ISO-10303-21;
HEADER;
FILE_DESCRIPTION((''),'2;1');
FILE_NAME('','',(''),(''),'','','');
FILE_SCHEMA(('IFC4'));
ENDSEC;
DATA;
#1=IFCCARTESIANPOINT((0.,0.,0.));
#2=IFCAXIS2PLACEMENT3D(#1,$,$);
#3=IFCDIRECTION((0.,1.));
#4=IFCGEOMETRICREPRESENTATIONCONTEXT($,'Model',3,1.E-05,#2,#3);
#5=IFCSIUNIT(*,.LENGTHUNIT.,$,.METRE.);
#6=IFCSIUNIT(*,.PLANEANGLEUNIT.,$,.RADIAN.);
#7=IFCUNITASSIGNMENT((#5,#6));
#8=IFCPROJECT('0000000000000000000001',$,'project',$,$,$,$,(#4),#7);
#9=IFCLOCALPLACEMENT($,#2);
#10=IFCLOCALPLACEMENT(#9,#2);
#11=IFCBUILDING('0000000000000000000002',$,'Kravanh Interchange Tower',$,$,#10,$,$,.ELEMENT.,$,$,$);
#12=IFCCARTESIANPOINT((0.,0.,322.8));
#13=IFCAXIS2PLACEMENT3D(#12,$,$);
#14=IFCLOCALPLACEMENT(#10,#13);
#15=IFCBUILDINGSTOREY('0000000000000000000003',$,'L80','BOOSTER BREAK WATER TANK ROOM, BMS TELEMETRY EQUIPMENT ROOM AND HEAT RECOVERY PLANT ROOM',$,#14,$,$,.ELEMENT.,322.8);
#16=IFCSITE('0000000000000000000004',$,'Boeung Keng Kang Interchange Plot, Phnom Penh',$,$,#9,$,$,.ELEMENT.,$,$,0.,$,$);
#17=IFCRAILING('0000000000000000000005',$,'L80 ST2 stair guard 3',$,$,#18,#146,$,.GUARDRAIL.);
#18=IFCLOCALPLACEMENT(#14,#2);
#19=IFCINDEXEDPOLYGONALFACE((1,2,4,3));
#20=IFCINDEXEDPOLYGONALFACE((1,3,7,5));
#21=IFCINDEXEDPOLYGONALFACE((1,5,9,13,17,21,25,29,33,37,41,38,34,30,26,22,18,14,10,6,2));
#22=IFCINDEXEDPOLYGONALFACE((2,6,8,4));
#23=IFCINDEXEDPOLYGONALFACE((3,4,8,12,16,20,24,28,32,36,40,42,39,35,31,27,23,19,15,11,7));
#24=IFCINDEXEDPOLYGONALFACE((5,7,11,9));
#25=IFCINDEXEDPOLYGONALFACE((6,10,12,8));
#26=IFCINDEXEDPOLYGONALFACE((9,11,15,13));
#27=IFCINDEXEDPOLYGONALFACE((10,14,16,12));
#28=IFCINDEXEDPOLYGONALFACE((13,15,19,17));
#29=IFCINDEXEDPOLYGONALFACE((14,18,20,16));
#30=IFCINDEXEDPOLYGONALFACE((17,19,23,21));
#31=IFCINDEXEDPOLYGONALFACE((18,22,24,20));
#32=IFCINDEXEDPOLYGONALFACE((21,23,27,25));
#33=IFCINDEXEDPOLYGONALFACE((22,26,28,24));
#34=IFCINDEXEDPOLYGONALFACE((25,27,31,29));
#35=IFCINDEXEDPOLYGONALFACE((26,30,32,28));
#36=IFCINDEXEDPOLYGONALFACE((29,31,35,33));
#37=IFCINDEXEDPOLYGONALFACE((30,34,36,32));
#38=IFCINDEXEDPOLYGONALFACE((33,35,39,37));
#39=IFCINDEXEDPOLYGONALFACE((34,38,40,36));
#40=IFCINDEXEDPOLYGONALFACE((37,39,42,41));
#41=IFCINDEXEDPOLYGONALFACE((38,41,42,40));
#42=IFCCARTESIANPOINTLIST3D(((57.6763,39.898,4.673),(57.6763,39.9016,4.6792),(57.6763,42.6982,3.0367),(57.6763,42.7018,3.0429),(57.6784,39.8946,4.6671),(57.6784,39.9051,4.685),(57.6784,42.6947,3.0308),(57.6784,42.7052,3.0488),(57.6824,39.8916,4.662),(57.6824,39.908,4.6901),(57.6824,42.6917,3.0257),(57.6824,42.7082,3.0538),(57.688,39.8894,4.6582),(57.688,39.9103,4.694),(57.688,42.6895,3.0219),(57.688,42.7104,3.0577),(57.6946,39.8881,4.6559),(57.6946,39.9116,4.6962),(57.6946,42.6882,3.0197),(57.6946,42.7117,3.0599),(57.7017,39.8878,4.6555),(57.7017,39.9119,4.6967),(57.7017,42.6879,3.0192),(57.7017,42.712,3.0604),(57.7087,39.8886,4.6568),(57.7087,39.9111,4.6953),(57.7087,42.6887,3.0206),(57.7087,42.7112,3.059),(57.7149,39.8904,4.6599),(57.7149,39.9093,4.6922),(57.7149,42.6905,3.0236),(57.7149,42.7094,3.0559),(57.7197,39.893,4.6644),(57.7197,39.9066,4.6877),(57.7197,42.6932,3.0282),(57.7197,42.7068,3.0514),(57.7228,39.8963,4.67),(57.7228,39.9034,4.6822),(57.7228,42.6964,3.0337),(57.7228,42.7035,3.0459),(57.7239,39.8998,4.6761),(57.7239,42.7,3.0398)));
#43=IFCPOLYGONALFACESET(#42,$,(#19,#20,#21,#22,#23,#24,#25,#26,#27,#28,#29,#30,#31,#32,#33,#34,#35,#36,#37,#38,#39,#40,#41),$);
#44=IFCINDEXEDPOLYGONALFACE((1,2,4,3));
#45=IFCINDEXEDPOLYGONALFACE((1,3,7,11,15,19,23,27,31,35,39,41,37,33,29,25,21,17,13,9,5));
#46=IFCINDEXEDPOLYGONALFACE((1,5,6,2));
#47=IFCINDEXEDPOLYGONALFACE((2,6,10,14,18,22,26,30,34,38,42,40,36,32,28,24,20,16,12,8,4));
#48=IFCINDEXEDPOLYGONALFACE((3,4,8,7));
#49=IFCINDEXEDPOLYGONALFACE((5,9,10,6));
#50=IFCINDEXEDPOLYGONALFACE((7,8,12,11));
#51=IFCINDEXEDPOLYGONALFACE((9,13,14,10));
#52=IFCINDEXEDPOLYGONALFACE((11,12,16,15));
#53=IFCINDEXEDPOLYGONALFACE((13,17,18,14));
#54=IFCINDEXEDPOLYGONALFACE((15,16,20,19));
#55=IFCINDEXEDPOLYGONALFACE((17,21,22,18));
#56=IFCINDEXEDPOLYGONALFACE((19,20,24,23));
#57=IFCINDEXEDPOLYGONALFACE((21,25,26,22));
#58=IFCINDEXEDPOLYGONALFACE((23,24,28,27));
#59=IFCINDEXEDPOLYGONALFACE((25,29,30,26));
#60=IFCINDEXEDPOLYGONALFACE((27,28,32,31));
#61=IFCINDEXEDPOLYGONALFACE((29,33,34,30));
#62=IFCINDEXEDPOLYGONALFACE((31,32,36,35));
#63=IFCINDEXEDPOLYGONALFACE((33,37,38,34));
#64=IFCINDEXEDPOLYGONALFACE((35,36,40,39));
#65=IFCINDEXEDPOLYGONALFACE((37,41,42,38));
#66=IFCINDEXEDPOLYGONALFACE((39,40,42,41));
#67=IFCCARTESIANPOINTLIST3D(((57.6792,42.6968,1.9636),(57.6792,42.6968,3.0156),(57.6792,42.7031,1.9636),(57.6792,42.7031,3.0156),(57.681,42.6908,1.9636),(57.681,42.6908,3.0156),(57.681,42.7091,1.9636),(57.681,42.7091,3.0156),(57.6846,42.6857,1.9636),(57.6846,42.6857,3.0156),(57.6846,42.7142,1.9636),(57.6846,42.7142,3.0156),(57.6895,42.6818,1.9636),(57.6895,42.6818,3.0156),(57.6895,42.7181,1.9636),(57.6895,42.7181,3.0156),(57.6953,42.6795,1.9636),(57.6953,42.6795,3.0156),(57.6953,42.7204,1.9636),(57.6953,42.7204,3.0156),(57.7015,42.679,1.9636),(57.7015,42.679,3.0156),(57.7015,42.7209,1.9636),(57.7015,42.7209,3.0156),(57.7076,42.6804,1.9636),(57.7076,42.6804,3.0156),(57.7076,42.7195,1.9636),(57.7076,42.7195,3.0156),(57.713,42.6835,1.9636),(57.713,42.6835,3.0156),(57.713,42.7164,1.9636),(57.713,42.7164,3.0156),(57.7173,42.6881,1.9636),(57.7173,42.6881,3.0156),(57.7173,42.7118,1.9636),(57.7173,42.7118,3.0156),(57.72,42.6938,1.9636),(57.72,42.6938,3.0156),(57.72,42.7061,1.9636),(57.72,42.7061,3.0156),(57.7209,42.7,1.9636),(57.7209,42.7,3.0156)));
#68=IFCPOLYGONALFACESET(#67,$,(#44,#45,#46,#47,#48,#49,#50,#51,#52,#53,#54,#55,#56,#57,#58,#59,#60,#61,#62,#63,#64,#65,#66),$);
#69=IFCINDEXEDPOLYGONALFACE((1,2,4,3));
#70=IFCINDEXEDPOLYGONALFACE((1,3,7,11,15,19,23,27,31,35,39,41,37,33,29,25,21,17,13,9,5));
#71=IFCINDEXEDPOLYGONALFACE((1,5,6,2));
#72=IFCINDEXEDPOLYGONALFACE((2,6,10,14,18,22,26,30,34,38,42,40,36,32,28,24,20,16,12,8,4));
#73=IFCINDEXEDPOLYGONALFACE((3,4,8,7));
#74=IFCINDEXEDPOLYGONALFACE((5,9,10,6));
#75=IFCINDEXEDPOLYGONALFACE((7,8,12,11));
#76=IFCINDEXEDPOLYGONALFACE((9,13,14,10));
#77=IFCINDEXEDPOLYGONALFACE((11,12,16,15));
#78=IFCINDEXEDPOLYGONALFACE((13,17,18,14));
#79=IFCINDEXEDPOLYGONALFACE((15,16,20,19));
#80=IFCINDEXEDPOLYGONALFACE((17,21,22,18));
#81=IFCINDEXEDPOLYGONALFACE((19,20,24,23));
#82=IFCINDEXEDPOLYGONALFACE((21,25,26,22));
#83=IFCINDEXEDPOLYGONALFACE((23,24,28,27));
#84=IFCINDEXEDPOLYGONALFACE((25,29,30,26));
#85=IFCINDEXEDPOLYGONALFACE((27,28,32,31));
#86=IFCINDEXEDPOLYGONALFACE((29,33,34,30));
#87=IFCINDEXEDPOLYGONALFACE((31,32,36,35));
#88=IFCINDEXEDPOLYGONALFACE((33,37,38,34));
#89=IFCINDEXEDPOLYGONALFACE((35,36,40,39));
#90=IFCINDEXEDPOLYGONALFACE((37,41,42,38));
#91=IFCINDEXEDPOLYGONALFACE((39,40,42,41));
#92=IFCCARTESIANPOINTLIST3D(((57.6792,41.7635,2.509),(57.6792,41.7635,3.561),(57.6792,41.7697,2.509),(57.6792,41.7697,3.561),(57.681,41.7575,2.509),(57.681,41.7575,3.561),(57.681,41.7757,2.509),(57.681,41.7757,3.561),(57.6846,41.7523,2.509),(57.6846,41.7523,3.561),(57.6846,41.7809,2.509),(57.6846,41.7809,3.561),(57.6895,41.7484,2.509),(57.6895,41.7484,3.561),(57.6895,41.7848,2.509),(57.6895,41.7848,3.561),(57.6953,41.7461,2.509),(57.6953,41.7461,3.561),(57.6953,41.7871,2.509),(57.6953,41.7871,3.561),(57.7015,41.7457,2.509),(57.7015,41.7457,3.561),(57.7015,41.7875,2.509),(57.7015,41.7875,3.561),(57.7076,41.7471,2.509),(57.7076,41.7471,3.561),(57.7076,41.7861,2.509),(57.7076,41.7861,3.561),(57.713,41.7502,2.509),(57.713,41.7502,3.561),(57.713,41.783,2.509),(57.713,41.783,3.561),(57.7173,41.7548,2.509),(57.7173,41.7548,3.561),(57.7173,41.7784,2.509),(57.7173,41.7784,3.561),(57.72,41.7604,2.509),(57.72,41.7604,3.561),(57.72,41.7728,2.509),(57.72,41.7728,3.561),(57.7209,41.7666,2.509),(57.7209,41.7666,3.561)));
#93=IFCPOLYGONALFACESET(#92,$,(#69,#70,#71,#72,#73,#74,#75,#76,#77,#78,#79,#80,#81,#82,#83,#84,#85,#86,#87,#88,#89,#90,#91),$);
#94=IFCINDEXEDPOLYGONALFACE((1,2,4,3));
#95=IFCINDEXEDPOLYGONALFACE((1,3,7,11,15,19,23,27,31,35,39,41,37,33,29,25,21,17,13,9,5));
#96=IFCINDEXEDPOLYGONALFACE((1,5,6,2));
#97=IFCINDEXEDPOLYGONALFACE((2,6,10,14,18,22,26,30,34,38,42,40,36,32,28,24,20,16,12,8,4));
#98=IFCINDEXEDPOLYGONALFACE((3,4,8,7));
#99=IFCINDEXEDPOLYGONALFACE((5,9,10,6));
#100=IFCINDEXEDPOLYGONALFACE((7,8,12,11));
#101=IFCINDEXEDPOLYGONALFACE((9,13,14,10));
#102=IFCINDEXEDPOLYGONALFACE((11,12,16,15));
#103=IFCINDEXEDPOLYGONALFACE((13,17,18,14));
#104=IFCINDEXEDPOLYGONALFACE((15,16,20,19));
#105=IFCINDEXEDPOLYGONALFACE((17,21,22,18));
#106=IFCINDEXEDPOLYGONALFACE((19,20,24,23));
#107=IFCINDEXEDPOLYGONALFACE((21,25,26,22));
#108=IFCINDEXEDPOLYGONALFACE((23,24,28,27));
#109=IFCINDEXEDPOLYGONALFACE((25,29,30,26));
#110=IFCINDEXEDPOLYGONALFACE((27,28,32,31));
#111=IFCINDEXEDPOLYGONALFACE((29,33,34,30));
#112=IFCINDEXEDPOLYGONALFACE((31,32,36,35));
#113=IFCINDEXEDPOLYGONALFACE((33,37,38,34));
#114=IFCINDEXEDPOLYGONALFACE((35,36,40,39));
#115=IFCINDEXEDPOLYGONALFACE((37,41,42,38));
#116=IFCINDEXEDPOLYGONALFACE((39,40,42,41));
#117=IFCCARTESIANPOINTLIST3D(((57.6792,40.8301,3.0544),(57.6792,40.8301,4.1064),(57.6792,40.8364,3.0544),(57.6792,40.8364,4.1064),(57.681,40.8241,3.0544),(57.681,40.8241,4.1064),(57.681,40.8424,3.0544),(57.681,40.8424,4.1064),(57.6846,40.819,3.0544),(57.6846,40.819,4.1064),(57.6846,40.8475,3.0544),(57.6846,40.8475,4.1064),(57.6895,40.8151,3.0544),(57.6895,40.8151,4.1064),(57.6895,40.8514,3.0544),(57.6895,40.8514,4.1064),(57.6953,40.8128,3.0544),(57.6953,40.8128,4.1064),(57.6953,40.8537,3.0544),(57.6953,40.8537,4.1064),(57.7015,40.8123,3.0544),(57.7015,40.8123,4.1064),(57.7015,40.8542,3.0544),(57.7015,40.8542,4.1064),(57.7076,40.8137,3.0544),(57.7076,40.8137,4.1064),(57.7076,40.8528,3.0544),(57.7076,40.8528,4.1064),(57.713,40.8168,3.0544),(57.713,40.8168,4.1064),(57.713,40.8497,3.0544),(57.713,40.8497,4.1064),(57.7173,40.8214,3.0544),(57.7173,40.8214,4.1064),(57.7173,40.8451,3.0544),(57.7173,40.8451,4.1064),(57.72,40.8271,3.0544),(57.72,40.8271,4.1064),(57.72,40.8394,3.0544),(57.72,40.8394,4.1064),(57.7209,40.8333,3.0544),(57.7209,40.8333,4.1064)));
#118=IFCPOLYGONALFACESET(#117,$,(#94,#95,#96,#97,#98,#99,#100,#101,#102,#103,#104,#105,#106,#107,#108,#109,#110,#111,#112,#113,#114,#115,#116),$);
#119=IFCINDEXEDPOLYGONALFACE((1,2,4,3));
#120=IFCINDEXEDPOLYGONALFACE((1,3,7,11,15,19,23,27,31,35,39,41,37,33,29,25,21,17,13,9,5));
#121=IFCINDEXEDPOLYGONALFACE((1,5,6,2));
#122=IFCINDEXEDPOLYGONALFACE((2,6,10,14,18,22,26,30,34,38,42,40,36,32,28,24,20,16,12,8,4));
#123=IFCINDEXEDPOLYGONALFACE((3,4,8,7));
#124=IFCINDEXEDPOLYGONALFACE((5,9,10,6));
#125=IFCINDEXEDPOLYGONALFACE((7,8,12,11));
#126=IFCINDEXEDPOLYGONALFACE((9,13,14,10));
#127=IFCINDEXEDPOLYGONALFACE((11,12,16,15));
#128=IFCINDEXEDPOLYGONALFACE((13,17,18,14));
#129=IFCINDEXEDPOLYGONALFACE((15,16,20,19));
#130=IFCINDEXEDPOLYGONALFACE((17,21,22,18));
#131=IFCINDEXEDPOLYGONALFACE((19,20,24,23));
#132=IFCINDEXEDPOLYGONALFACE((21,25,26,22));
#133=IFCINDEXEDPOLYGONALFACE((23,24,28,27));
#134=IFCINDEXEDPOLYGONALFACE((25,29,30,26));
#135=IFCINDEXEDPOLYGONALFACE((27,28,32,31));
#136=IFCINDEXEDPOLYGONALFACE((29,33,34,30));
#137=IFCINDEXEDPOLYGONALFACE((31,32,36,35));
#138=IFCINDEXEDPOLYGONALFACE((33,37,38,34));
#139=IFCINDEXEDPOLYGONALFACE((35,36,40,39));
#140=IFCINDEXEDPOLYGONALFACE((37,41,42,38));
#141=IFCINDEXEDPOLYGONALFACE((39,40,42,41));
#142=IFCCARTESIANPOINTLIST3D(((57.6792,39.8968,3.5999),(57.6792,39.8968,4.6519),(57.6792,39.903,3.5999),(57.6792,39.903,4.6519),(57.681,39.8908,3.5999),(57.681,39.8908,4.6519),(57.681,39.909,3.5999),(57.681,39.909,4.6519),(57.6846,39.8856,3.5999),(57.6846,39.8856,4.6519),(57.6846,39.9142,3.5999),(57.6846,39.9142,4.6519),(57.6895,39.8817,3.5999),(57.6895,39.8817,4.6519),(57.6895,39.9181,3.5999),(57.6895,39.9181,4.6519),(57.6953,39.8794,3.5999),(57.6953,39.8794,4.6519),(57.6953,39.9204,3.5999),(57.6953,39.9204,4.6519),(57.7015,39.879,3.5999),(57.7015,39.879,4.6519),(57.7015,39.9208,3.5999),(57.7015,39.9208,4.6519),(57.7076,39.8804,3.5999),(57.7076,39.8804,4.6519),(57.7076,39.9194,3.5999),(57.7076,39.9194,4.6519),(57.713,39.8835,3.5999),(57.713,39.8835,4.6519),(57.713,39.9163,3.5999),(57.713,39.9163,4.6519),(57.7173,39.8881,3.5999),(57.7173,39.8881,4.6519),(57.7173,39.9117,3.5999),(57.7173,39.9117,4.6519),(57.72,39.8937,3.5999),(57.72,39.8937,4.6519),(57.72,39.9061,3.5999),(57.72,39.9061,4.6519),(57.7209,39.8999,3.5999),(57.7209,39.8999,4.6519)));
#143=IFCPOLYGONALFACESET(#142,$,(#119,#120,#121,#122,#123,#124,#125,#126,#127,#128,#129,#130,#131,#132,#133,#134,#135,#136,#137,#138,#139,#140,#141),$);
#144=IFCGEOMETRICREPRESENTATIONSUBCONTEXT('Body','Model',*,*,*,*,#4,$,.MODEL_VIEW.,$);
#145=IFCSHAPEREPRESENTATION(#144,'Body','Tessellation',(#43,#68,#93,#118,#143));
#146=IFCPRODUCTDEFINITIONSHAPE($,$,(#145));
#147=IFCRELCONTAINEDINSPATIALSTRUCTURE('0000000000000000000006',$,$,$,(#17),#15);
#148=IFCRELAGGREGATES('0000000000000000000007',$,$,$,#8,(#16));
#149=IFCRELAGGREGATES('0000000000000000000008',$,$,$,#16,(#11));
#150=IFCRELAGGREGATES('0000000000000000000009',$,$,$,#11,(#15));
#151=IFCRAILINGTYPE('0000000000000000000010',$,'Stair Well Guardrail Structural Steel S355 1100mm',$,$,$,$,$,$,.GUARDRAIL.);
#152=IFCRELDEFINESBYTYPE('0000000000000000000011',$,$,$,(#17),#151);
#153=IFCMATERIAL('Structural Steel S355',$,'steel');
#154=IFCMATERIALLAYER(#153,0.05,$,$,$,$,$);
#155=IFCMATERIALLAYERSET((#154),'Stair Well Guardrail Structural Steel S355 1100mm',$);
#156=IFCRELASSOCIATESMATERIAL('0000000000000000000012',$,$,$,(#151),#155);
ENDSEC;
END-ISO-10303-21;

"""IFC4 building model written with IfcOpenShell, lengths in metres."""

from ifc_helpers import new_model, si_unit, direction, frame, origin, origin_2d, place, context, subcontext, project, spatial, circle, extrude, material, layer, layer_set, type_object, element, save


model = new_model("IFC4")

# Units and contexts
model_context = context("Model", 3, precision=1e-05, world=origin(), true_north=direction((0.0, 1.0)))
body_context = subcontext(model_context, "Body", "Model", "MODEL_VIEW")
ifc_project = project(units=[si_unit("LENGTHUNIT", "METRE"), si_unit("PLANEANGLEUNIT", "RADIAN")], contexts=[model_context])

# Site, building, storey
site_placement = place(None, origin())
site = spatial("IfcSite", under=ifc_project, at=site_placement, Name="Boeung Keng Kang Interchange Plot, Phnom Penh", CompositionType="ELEMENT", RefElevation=0.0)
building_placement = place(site_placement, origin())
building = spatial("IfcBuilding", under=site, at=building_placement, Name="Kravanh Interchange Tower", CompositionType="ELEMENT")
storey_placement = place(building_placement, frame((0.0, 0.0, 322.8)))
storey = spatial("IfcBuildingStorey", under=building, at=storey_placement, Name="L80", Description="BOOSTER BREAK WATER TANK ROOM, BMS TELEMETRY EQUIPMENT ROOM AND HEAT RECOVERY PLANT ROOM", CompositionType="ELEMENT", Elevation=322.8)

# Railing
ifc_material_1 = material(Name="Structural Steel S355", Category="steel")
ifc_layer_1 = layer(ifc_material_1, 0.05)
ifc_layer_set_1 = layer_set([ifc_layer_1], Name="Stair Well Guardrail Structural Steel S355 1100mm")
railing_type_1 = type_object("IfcRailingType", Name="Stair Well Guardrail Structural Steel S355 1100mm", PredefinedType="GUARDRAIL", material=ifc_layer_set_1)
railing_1_placement = place(storey_placement, frame((57.7, 42.7, 1.9636)))
element("IfcRailing", 1, at=railing_1_placement, inside=storey, type_object=railing_type_1, Name="L80 ST2 stair guard 3", PredefinedType="GUARDRAIL", context=body_context, shape_type="SweptSolid", body=[
    extrude(circle(Radius=0.0239, at=origin_2d()), frame((0.0, 0.0, 1.0762), z_axis=(0.0, -0.863394, 0.504531), x_axis=(1.0, 0.0, 0.0)), (0.0, 0.0, 1.0), 3.2432),
    extrude(circle(Radius=0.021, at=origin_2d()), origin(), (0.0, 0.0, 1.0), 1.052),
    extrude(circle(Radius=0.021, at=origin_2d()), frame((0.0, -0.9333, 0.5454)), (0.0, 0.0, 1.0), 1.052),
    extrude(circle(Radius=0.021, at=origin_2d()), frame((0.0, -1.8667, 1.0908)), (0.0, 0.0, 1.0), 1.052),
    extrude(circle(Radius=0.021, at=origin_2d()), frame((0.0, -2.8, 1.6362)), (0.0, 0.0, 1.0), 1.052),
])

save(model, "model.ifc")
